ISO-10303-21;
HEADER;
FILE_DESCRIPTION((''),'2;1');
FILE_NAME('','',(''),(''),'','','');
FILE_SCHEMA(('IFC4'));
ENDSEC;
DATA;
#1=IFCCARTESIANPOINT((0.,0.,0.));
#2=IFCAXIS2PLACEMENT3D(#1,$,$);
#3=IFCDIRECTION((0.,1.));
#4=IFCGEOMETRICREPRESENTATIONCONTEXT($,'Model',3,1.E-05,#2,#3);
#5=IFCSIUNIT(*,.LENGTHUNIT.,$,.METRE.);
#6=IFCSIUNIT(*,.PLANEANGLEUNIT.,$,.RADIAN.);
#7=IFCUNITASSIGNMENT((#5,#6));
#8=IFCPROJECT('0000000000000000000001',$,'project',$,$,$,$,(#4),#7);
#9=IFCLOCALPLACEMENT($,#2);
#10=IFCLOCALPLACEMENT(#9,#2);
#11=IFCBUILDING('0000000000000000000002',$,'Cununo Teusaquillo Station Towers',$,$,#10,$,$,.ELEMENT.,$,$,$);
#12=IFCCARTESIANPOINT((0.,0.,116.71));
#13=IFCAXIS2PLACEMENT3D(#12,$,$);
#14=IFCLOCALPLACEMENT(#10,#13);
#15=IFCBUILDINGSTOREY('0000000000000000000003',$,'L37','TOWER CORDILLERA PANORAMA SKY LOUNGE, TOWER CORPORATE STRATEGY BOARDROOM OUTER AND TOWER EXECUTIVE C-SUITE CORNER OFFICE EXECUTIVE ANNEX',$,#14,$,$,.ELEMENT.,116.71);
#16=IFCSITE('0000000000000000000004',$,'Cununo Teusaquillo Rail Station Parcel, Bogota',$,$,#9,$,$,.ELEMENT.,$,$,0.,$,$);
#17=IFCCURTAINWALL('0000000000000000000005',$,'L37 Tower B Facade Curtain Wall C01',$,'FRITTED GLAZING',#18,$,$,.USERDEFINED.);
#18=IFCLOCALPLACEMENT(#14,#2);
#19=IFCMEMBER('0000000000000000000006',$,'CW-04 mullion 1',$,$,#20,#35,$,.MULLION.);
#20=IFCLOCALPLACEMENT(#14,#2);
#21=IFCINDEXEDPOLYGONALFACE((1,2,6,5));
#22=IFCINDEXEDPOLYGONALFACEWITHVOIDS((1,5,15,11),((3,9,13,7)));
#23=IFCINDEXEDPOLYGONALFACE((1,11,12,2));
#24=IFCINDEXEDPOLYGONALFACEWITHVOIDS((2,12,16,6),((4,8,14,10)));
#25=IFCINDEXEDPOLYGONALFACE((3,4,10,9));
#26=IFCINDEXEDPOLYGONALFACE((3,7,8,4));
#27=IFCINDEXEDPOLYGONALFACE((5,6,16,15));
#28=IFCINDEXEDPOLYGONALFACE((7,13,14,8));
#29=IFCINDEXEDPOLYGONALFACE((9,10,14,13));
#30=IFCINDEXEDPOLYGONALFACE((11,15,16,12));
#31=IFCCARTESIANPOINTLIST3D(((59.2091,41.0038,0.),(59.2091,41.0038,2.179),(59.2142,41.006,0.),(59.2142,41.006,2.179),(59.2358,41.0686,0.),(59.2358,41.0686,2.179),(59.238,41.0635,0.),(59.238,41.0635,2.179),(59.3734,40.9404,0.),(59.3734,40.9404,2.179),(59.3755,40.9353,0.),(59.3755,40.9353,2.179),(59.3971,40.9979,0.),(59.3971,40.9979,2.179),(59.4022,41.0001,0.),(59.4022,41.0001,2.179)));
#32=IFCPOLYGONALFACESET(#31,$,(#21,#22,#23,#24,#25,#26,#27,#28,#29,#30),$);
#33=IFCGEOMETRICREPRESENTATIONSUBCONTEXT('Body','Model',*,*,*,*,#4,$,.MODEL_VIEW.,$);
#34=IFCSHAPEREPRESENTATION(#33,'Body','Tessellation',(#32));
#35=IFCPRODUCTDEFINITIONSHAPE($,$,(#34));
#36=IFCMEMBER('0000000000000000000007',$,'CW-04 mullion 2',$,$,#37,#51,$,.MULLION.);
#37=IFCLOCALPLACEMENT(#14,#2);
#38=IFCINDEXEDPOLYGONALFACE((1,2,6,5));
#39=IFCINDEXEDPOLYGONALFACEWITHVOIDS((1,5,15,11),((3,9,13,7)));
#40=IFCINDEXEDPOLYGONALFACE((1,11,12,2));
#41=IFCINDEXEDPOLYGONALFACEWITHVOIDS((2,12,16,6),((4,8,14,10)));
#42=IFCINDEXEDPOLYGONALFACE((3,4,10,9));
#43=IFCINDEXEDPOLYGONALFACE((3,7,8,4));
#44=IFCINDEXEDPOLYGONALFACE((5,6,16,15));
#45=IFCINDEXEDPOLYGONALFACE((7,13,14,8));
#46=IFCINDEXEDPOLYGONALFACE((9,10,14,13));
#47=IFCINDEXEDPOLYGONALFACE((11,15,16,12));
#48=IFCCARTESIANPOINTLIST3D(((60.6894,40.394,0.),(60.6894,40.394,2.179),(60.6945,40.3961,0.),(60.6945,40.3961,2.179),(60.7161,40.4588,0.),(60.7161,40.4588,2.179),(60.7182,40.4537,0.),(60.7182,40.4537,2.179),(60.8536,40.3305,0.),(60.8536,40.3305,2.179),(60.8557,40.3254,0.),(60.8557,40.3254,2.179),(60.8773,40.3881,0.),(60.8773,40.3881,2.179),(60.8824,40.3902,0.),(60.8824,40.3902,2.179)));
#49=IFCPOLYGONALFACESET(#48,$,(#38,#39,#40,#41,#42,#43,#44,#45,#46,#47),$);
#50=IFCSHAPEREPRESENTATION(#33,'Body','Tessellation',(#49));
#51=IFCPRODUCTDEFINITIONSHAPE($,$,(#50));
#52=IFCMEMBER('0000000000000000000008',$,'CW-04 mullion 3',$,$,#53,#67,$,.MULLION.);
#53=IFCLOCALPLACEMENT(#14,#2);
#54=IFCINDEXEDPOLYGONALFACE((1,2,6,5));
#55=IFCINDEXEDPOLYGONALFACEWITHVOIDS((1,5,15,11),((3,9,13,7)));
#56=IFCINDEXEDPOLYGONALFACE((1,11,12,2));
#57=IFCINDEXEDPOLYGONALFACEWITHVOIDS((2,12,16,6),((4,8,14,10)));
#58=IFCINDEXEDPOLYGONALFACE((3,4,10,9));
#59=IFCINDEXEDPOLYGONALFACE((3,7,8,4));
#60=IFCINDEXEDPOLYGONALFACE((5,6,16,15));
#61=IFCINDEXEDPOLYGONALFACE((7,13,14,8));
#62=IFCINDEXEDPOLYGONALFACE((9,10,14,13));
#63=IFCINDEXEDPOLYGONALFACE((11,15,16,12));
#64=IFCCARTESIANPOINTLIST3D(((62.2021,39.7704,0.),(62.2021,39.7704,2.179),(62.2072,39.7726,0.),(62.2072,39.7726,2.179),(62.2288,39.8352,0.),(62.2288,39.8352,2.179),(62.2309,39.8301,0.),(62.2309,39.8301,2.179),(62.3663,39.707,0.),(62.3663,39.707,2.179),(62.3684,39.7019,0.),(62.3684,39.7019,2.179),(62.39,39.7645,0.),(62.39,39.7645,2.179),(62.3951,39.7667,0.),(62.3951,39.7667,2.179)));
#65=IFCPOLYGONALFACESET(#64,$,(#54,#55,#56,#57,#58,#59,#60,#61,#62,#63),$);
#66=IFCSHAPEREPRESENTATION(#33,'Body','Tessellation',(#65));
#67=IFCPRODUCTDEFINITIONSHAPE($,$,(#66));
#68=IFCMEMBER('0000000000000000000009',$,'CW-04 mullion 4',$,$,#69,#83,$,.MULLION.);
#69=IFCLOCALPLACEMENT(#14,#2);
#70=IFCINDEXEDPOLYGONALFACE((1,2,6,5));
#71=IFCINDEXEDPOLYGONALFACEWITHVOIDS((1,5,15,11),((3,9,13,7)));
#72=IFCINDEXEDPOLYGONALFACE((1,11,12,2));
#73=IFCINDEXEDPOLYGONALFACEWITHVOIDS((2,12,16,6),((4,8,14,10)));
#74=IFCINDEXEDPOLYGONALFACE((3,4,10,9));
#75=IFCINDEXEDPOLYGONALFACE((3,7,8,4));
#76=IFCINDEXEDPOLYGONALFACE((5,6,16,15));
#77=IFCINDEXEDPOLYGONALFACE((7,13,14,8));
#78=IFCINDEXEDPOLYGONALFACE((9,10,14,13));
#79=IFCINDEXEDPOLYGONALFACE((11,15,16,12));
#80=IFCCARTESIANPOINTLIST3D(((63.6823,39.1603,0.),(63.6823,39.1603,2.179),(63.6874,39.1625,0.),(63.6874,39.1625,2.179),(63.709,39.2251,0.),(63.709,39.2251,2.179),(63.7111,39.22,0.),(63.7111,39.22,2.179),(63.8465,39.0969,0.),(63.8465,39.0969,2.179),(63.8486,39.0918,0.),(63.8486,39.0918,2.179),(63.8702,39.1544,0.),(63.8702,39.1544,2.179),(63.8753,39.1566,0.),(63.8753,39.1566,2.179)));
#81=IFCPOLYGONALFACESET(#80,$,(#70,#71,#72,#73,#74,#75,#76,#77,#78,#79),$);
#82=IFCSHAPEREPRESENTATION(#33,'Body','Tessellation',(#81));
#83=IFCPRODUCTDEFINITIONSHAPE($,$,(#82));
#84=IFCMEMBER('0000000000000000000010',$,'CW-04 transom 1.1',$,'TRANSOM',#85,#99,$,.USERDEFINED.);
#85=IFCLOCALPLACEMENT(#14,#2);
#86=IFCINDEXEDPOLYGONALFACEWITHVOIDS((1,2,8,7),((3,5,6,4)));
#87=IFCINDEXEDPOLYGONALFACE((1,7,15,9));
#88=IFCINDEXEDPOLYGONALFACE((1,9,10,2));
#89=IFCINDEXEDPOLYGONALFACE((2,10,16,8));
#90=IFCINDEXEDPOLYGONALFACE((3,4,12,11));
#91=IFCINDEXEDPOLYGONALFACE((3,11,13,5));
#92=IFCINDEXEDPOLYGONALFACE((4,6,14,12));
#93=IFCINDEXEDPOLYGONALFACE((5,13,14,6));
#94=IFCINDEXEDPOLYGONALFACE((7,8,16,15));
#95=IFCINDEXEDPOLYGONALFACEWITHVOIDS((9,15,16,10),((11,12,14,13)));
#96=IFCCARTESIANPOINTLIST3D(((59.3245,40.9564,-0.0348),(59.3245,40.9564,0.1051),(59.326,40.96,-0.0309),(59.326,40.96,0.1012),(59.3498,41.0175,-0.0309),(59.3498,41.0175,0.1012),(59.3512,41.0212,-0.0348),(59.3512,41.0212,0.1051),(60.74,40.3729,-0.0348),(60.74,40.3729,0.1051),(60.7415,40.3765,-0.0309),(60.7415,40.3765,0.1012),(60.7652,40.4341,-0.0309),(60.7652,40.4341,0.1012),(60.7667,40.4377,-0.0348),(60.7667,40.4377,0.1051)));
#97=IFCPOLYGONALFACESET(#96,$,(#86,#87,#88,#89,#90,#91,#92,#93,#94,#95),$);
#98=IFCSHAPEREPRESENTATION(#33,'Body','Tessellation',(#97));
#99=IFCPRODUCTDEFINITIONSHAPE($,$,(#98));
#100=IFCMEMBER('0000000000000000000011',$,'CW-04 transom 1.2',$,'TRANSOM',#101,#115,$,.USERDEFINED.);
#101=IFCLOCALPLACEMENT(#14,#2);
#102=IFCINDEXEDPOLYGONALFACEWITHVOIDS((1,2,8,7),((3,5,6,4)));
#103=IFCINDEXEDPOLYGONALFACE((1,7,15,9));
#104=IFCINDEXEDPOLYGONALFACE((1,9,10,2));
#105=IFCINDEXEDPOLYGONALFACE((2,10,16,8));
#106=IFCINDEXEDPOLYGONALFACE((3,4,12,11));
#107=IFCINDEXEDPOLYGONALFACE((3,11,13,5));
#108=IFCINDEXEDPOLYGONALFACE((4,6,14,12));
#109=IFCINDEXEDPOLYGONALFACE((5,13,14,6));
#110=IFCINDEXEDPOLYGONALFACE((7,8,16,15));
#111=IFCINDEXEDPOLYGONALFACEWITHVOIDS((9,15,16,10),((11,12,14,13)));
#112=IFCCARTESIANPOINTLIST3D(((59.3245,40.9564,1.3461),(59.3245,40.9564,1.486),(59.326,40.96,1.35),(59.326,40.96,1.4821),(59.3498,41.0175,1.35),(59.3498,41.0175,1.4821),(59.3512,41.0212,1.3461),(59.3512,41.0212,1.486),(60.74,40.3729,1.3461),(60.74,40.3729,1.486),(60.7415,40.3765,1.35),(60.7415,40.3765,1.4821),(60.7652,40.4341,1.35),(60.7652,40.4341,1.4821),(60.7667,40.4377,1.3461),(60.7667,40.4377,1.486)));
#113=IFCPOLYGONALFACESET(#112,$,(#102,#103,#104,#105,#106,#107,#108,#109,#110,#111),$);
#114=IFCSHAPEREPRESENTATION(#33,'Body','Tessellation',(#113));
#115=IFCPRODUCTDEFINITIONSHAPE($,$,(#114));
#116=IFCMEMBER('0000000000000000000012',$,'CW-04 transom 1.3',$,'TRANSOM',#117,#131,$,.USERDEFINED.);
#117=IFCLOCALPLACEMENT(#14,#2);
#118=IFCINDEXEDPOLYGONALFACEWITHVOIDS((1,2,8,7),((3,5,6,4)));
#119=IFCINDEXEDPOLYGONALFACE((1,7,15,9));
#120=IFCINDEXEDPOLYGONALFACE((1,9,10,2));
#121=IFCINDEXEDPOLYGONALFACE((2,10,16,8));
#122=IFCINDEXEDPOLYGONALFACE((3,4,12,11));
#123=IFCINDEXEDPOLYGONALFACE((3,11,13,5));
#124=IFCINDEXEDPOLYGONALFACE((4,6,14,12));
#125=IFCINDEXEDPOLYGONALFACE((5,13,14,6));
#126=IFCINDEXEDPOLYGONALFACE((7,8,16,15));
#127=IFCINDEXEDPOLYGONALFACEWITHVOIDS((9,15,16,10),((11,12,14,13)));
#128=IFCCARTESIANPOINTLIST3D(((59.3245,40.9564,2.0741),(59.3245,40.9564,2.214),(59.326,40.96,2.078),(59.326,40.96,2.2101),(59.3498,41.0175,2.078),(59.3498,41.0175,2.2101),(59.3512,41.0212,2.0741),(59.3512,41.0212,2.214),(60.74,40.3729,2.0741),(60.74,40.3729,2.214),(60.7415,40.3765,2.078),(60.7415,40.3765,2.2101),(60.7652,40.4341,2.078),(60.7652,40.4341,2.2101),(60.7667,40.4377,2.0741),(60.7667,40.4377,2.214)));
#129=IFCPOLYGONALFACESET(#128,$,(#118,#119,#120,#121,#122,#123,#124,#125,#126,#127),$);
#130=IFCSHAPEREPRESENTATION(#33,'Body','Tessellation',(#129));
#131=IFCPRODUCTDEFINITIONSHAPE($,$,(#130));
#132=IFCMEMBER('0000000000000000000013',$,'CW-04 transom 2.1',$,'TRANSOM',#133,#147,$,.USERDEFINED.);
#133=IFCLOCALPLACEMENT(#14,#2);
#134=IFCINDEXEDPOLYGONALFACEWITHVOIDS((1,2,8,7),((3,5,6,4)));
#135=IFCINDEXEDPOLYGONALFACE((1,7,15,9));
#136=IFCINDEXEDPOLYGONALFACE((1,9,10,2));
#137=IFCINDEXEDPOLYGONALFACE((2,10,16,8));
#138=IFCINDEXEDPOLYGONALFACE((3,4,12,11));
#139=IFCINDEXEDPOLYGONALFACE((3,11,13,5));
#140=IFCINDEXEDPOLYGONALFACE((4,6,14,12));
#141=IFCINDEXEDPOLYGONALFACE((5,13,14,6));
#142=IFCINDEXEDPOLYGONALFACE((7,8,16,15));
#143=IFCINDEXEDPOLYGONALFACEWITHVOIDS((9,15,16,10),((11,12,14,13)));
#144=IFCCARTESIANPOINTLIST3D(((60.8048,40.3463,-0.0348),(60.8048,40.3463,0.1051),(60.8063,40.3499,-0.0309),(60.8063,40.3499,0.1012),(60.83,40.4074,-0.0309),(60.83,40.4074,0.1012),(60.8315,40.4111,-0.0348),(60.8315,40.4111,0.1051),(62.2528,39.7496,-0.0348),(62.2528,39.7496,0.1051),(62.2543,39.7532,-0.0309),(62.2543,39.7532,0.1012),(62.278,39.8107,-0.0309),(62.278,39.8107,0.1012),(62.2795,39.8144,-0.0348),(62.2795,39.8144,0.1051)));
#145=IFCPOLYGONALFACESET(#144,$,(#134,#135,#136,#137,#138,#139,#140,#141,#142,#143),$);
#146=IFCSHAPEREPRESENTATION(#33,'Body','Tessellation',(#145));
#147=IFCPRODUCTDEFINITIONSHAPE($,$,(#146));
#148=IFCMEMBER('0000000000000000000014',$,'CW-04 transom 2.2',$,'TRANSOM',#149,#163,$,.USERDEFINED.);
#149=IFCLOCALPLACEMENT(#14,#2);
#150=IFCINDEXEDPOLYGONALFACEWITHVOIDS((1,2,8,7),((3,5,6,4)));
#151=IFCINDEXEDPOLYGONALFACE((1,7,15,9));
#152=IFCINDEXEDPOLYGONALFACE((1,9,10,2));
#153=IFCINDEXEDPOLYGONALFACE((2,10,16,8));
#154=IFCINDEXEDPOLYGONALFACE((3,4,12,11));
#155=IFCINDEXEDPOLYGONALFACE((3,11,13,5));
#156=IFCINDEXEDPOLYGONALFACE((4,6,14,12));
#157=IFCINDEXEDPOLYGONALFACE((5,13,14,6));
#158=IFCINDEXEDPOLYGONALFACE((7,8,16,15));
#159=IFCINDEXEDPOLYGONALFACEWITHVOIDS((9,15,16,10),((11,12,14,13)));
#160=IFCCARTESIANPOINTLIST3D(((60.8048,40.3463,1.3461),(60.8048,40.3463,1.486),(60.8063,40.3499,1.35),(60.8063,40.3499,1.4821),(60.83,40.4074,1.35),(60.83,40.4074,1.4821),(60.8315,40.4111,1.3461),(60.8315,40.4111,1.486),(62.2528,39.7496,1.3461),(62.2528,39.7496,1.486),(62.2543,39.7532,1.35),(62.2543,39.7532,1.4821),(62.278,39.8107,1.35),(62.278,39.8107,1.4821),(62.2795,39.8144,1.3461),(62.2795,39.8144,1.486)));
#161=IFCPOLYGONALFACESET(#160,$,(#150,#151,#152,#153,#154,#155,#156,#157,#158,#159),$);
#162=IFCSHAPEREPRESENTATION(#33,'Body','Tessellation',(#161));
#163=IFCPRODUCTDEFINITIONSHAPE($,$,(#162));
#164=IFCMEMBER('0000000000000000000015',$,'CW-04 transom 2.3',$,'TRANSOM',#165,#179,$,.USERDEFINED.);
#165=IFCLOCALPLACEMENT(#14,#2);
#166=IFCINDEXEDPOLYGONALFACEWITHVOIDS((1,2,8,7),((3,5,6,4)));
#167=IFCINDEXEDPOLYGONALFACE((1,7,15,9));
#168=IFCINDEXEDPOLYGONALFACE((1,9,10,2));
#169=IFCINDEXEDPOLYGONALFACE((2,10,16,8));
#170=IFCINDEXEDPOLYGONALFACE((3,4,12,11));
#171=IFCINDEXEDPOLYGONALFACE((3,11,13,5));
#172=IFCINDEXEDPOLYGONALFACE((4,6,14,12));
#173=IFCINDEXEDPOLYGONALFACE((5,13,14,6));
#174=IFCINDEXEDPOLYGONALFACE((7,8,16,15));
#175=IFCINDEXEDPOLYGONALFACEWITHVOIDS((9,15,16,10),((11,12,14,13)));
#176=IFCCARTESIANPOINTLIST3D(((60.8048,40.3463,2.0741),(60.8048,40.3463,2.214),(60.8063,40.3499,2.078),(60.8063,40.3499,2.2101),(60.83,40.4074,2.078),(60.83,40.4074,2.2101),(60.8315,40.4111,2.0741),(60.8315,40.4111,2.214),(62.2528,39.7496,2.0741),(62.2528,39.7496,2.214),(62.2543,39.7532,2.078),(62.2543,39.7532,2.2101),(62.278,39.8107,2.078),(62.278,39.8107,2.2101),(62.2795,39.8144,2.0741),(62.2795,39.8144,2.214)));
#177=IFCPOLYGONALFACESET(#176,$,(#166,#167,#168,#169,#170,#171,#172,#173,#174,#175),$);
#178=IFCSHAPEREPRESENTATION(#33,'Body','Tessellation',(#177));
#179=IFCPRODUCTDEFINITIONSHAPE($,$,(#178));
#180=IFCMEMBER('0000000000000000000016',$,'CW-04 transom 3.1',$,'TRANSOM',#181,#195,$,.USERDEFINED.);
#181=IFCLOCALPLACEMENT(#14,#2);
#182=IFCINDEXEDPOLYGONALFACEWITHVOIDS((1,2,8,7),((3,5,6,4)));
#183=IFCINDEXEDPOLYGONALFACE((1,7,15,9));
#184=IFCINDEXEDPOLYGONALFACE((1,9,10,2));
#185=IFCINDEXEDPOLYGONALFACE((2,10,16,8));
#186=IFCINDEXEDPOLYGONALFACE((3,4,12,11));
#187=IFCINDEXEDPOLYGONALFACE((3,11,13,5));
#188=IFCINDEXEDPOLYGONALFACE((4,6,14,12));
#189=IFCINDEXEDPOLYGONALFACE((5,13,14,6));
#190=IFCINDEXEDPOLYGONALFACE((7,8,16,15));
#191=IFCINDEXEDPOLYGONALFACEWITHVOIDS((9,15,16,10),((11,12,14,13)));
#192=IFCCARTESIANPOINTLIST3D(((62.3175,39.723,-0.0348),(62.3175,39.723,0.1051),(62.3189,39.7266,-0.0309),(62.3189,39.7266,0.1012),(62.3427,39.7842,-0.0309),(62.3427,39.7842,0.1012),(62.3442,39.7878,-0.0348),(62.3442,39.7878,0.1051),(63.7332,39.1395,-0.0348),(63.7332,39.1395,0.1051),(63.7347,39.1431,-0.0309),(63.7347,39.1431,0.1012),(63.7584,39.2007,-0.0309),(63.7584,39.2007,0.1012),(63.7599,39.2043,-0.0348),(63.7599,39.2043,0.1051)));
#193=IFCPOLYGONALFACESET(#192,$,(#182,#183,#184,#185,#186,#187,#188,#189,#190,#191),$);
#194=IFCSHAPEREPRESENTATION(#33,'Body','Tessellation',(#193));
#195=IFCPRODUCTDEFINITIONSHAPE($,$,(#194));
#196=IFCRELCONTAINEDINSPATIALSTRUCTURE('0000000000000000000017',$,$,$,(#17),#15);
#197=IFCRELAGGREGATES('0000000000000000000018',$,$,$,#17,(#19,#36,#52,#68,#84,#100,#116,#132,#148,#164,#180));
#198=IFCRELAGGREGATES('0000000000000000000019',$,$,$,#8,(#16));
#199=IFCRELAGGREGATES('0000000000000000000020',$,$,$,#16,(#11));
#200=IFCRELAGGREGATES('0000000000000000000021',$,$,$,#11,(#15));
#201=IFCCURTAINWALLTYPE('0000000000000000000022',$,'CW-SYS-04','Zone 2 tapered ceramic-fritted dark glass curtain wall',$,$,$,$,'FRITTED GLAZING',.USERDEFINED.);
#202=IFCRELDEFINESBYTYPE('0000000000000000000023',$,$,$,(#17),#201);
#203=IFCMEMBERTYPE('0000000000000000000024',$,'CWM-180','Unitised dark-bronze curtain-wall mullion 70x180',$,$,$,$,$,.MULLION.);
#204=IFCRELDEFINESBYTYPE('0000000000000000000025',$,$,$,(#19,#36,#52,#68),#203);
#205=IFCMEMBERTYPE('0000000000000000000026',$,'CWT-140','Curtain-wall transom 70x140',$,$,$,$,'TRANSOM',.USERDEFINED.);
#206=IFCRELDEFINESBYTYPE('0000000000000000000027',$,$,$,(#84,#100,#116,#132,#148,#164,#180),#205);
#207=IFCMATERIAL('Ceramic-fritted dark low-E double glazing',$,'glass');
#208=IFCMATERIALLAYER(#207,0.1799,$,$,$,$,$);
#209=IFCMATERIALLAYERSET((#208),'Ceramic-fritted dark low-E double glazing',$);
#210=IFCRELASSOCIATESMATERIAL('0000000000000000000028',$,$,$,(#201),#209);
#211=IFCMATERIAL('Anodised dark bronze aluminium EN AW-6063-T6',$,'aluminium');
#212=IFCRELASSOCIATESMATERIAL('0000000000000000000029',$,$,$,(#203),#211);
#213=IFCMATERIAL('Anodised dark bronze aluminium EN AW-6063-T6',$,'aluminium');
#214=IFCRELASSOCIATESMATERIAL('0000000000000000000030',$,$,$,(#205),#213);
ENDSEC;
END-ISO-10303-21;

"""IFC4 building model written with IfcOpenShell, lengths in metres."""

from ifc_helpers import new_model, si_unit, direction, frame, origin, origin_2d, place, context, subcontext, project, spatial, hollow_rectangle, extrude, material, layer, layer_set, material_profile, profile_set, type_object, element, aggregate, save


model = new_model("IFC4")

# Units and contexts
model_context = context("Model", 3, precision=1e-05, world=origin(), true_north=direction((0.0, 1.0)))
body_context = subcontext(model_context, "Body", "Model", "MODEL_VIEW")
ifc_project = project(units=[si_unit("LENGTHUNIT", "METRE"), si_unit("PLANEANGLEUNIT", "RADIAN")], contexts=[model_context])

# Site, building, storey
site_placement = place(None, origin())
site = spatial("IfcSite", under=ifc_project, at=site_placement, Name="Cununo Teusaquillo Rail Station Parcel, Bogota", CompositionType="ELEMENT", RefElevation=0.0)
building_placement = place(site_placement, origin())
building = spatial("IfcBuilding", under=site, at=building_placement, Name="Cununo Teusaquillo Station Towers", CompositionType="ELEMENT")
storey_placement = place(building_placement, frame((0.0, 0.0, 116.71)))
storey = spatial("IfcBuildingStorey", under=building, at=storey_placement, Name="L37", Description="TOWER CORDILLERA PANORAMA SKY LOUNGE, TOWER CORPORATE STRATEGY BOARDROOM OUTER AND TOWER EXECUTIVE C-SUITE CORNER OFFICE EXECUTIVE ANNEX", CompositionType="ELEMENT", Elevation=116.71)

# Curtain wall, members
ifc_material_1 = material(Name="Ceramic-fritted dark low-E double glazing", Category="glass")
ifc_layer_1 = layer(ifc_material_1, 0.1799)
ifc_layer_set_1 = layer_set([ifc_layer_1], Name="Ceramic-fritted dark low-E double glazing")
curtain_wall_type = type_object("IfcCurtainWallType", Name="CW-SYS-04", Description="Zone 2 tapered ceramic-fritted dark glass curtain wall", ElementType="FRITTED GLAZING", PredefinedType="USERDEFINED", material=ifc_layer_set_1)
curtain_wall_placement = place(storey_placement, origin())
curtain_wall = element("IfcCurtainWall", 1, at=curtain_wall_placement, inside=storey, type_object=curtain_wall_type, Name="L37 Tower B Facade Curtain Wall C01", ObjectType="FRITTED GLAZING", PredefinedType="USERDEFINED")
ifc_material_2 = material(Name="Anodised dark bronze aluminium EN AW-6063-T6", Category="aluminium")
ifc_material_profile_1 = material_profile(ifc_material_2, hollow_rectangle(XDim=0.0701, YDim=0.1799, WallThickness=0.0039, at=origin_2d()), Name="CW-MULL-70x180")
ifc_profile_set_1 = profile_set([ifc_material_profile_1], Name="Anodised dark bronze aluminium EN AW-6063-T6")
member_type_1 = type_object("IfcMemberType", Name="CWM-180", Description="Unitised dark-bronze curtain-wall mullion 70x180", PredefinedType="MULLION", material=ifc_profile_set_1)
member_1_placement = place(storey_placement, frame((59.3057, 41.002, 0.0), z_axis=(0.0, 0.0, 1.0), x_axis=(0.381031, 0.924562, 0.0)))
member_1 = element("IfcMember", 2, at=member_1_placement, type_object=member_type_1, Name="CW-04 mullion 1", PredefinedType="MULLION", context=body_context, shape_type="SweptSolid", body=[
    extrude(hollow_rectangle(XDim=0.0701, YDim=0.1799, WallThickness=0.0039, at=origin_2d()), origin(), (0.0, 0.0, 1.0), 2.179),
])
member_2_placement = place(storey_placement, frame((60.7859, 40.3921, 0.0), z_axis=(0.0, 0.0, 1.0), x_axis=(0.381031, 0.924562, 0.0)))
member_2 = element("IfcMember", 3, at=member_2_placement, type_object=member_type_1, Name="CW-04 mullion 2", PredefinedType="MULLION", context=body_context, shape_type="SweptSolid", body=[
    extrude(hollow_rectangle(XDim=0.0701, YDim=0.1799, WallThickness=0.0039, at=origin_2d()), origin(), (0.0, 0.0, 1.0), 2.179),
])
member_3_placement = place(storey_placement, frame((62.2986, 39.7686, 0.0), z_axis=(0.0, 0.0, 1.0), x_axis=(0.381031, 0.924562, 0.0)))
member_3 = element("IfcMember", 4, at=member_3_placement, type_object=member_type_1, Name="CW-04 mullion 3", PredefinedType="MULLION", context=body_context, shape_type="SweptSolid", body=[
    extrude(hollow_rectangle(XDim=0.0701, YDim=0.1799, WallThickness=0.0039, at=origin_2d()), origin(), (0.0, 0.0, 1.0), 2.179),
])
member_4_placement = place(storey_placement, frame((63.7788, 39.1584, 0.0), z_axis=(0.0, 0.0, 1.0), x_axis=(0.381031, 0.924562, 0.0)))
member_4 = element("IfcMember", 5, at=member_4_placement, type_object=member_type_1, Name="CW-04 mullion 4", PredefinedType="MULLION", context=body_context, shape_type="SweptSolid", body=[
    extrude(hollow_rectangle(XDim=0.0701, YDim=0.1799, WallThickness=0.0039, at=origin_2d()), origin(), (0.0, 0.0, 1.0), 2.179),
])
ifc_material_3 = material(Name="Anodised dark bronze aluminium EN AW-6063-T6", Category="aluminium")
ifc_material_profile_2 = material_profile(ifc_material_3, hollow_rectangle(XDim=0.0701, YDim=0.1399, WallThickness=0.0039, at=origin_2d()), Name="CW-TRAN-70x140")
ifc_profile_set_2 = profile_set([ifc_material_profile_2], Name="Anodised dark bronze aluminium EN AW-6063-T6")
member_type_2 = type_object("IfcMemberType", Name="CWT-140", Description="Curtain-wall transom 70x140", ElementType="TRANSOM", PredefinedType="USERDEFINED", material=ifc_profile_set_2)
member_5_placement = place(storey_placement, frame((59.3379, 40.9888, 0.0352), z_axis=(0.924533, -0.381103, 0.0), x_axis=(0.381103, 0.924533, 0.0)))
member_5 = element("IfcMember", 6, at=member_5_placement, type_object=member_type_2, Name="CW-04 transom 1.1", ObjectType="TRANSOM", PredefinedType="USERDEFINED", context=body_context, shape_type="SweptSolid", body=[
    extrude(hollow_rectangle(XDim=0.0701, YDim=0.1399, WallThickness=0.0039, at=origin_2d()), origin(), (0.0, 0.0, 1.0), 1.531),
])
member_6_placement = place(storey_placement, frame((59.3379, 40.9888, 1.416), z_axis=(0.924533, -0.381103, 0.0), x_axis=(0.381103, 0.924533, 0.0)))
member_6 = element("IfcMember", 7, at=member_6_placement, type_object=member_type_2, Name="CW-04 transom 1.2", ObjectType="TRANSOM", PredefinedType="USERDEFINED", context=body_context, shape_type="SweptSolid", body=[
    extrude(hollow_rectangle(XDim=0.0701, YDim=0.1399, WallThickness=0.0039, at=origin_2d()), origin(), (0.0, 0.0, 1.0), 1.531),
])
member_7_placement = place(storey_placement, frame((59.3379, 40.9888, 2.144), z_axis=(0.924533, -0.381103, 0.0), x_axis=(0.381103, 0.924533, 0.0)))
member_7 = element("IfcMember", 8, at=member_7_placement, type_object=member_type_2, Name="CW-04 transom 1.3", ObjectType="TRANSOM", PredefinedType="USERDEFINED", context=body_context, shape_type="SweptSolid", body=[
    extrude(hollow_rectangle(XDim=0.0701, YDim=0.1399, WallThickness=0.0039, at=origin_2d()), origin(), (0.0, 0.0, 1.0), 1.531),
])
member_8_placement = place(storey_placement, frame((60.8181, 40.3787, 0.0352), z_axis=(0.924578, -0.380993, 0.0), x_axis=(0.380993, 0.924578, 0.0)))
member_8 = element("IfcMember", 9, at=member_8_placement, type_object=member_type_2, Name="CW-04 transom 2.1", ObjectType="TRANSOM", PredefinedType="USERDEFINED", context=body_context, shape_type="SweptSolid", body=[
    extrude(hollow_rectangle(XDim=0.0701, YDim=0.1399, WallThickness=0.0039, at=origin_2d()), origin(), (0.0, 0.0, 1.0), 1.5662),
])
member_9_placement = place(storey_placement, frame((60.8181, 40.3787, 1.416), z_axis=(0.924578, -0.380993, 0.0), x_axis=(0.380993, 0.924578, 0.0)))
member_9 = element("IfcMember", 10, at=member_9_placement, type_object=member_type_2, Name="CW-04 transom 2.2", ObjectType="TRANSOM", PredefinedType="USERDEFINED", context=body_context, shape_type="SweptSolid", body=[
    extrude(hollow_rectangle(XDim=0.0701, YDim=0.1399, WallThickness=0.0039, at=origin_2d()), origin(), (0.0, 0.0, 1.0), 1.5662),
])
member_10_placement = place(storey_placement, frame((60.8181, 40.3787, 2.144), z_axis=(0.924578, -0.380993, 0.0), x_axis=(0.380993, 0.924578, 0.0)))
member_10 = element("IfcMember", 11, at=member_10_placement, type_object=member_type_2, Name="CW-04 transom 2.3", ObjectType="TRANSOM", PredefinedType="USERDEFINED", context=body_context, shape_type="SweptSolid", body=[
    extrude(hollow_rectangle(XDim=0.0701, YDim=0.1399, WallThickness=0.0039, at=origin_2d()), origin(), (0.0, 0.0, 1.0), 1.5662),
])
member_11_placement = place(storey_placement, frame((62.3308, 39.7554, 0.0352), z_axis=(0.924556, -0.381046, 0.0), x_axis=(0.381046, 0.924556, 0.0)))
member_11 = element("IfcMember", 12, at=member_11_placement, type_object=member_type_2, Name="CW-04 transom 3.1", ObjectType="TRANSOM", PredefinedType="USERDEFINED", context=body_context, shape_type="SweptSolid", body=[
    extrude(hollow_rectangle(XDim=0.0701, YDim=0.1399, WallThickness=0.0039, at=origin_2d()), origin(), (0.0, 0.0, 1.0), 1.5312),
])

aggregate(curtain_wall, [member_1, member_2, member_3, member_4, member_5, member_6, member_7, member_8, member_9, member_10, member_11])

save(model, "model.ifc")
